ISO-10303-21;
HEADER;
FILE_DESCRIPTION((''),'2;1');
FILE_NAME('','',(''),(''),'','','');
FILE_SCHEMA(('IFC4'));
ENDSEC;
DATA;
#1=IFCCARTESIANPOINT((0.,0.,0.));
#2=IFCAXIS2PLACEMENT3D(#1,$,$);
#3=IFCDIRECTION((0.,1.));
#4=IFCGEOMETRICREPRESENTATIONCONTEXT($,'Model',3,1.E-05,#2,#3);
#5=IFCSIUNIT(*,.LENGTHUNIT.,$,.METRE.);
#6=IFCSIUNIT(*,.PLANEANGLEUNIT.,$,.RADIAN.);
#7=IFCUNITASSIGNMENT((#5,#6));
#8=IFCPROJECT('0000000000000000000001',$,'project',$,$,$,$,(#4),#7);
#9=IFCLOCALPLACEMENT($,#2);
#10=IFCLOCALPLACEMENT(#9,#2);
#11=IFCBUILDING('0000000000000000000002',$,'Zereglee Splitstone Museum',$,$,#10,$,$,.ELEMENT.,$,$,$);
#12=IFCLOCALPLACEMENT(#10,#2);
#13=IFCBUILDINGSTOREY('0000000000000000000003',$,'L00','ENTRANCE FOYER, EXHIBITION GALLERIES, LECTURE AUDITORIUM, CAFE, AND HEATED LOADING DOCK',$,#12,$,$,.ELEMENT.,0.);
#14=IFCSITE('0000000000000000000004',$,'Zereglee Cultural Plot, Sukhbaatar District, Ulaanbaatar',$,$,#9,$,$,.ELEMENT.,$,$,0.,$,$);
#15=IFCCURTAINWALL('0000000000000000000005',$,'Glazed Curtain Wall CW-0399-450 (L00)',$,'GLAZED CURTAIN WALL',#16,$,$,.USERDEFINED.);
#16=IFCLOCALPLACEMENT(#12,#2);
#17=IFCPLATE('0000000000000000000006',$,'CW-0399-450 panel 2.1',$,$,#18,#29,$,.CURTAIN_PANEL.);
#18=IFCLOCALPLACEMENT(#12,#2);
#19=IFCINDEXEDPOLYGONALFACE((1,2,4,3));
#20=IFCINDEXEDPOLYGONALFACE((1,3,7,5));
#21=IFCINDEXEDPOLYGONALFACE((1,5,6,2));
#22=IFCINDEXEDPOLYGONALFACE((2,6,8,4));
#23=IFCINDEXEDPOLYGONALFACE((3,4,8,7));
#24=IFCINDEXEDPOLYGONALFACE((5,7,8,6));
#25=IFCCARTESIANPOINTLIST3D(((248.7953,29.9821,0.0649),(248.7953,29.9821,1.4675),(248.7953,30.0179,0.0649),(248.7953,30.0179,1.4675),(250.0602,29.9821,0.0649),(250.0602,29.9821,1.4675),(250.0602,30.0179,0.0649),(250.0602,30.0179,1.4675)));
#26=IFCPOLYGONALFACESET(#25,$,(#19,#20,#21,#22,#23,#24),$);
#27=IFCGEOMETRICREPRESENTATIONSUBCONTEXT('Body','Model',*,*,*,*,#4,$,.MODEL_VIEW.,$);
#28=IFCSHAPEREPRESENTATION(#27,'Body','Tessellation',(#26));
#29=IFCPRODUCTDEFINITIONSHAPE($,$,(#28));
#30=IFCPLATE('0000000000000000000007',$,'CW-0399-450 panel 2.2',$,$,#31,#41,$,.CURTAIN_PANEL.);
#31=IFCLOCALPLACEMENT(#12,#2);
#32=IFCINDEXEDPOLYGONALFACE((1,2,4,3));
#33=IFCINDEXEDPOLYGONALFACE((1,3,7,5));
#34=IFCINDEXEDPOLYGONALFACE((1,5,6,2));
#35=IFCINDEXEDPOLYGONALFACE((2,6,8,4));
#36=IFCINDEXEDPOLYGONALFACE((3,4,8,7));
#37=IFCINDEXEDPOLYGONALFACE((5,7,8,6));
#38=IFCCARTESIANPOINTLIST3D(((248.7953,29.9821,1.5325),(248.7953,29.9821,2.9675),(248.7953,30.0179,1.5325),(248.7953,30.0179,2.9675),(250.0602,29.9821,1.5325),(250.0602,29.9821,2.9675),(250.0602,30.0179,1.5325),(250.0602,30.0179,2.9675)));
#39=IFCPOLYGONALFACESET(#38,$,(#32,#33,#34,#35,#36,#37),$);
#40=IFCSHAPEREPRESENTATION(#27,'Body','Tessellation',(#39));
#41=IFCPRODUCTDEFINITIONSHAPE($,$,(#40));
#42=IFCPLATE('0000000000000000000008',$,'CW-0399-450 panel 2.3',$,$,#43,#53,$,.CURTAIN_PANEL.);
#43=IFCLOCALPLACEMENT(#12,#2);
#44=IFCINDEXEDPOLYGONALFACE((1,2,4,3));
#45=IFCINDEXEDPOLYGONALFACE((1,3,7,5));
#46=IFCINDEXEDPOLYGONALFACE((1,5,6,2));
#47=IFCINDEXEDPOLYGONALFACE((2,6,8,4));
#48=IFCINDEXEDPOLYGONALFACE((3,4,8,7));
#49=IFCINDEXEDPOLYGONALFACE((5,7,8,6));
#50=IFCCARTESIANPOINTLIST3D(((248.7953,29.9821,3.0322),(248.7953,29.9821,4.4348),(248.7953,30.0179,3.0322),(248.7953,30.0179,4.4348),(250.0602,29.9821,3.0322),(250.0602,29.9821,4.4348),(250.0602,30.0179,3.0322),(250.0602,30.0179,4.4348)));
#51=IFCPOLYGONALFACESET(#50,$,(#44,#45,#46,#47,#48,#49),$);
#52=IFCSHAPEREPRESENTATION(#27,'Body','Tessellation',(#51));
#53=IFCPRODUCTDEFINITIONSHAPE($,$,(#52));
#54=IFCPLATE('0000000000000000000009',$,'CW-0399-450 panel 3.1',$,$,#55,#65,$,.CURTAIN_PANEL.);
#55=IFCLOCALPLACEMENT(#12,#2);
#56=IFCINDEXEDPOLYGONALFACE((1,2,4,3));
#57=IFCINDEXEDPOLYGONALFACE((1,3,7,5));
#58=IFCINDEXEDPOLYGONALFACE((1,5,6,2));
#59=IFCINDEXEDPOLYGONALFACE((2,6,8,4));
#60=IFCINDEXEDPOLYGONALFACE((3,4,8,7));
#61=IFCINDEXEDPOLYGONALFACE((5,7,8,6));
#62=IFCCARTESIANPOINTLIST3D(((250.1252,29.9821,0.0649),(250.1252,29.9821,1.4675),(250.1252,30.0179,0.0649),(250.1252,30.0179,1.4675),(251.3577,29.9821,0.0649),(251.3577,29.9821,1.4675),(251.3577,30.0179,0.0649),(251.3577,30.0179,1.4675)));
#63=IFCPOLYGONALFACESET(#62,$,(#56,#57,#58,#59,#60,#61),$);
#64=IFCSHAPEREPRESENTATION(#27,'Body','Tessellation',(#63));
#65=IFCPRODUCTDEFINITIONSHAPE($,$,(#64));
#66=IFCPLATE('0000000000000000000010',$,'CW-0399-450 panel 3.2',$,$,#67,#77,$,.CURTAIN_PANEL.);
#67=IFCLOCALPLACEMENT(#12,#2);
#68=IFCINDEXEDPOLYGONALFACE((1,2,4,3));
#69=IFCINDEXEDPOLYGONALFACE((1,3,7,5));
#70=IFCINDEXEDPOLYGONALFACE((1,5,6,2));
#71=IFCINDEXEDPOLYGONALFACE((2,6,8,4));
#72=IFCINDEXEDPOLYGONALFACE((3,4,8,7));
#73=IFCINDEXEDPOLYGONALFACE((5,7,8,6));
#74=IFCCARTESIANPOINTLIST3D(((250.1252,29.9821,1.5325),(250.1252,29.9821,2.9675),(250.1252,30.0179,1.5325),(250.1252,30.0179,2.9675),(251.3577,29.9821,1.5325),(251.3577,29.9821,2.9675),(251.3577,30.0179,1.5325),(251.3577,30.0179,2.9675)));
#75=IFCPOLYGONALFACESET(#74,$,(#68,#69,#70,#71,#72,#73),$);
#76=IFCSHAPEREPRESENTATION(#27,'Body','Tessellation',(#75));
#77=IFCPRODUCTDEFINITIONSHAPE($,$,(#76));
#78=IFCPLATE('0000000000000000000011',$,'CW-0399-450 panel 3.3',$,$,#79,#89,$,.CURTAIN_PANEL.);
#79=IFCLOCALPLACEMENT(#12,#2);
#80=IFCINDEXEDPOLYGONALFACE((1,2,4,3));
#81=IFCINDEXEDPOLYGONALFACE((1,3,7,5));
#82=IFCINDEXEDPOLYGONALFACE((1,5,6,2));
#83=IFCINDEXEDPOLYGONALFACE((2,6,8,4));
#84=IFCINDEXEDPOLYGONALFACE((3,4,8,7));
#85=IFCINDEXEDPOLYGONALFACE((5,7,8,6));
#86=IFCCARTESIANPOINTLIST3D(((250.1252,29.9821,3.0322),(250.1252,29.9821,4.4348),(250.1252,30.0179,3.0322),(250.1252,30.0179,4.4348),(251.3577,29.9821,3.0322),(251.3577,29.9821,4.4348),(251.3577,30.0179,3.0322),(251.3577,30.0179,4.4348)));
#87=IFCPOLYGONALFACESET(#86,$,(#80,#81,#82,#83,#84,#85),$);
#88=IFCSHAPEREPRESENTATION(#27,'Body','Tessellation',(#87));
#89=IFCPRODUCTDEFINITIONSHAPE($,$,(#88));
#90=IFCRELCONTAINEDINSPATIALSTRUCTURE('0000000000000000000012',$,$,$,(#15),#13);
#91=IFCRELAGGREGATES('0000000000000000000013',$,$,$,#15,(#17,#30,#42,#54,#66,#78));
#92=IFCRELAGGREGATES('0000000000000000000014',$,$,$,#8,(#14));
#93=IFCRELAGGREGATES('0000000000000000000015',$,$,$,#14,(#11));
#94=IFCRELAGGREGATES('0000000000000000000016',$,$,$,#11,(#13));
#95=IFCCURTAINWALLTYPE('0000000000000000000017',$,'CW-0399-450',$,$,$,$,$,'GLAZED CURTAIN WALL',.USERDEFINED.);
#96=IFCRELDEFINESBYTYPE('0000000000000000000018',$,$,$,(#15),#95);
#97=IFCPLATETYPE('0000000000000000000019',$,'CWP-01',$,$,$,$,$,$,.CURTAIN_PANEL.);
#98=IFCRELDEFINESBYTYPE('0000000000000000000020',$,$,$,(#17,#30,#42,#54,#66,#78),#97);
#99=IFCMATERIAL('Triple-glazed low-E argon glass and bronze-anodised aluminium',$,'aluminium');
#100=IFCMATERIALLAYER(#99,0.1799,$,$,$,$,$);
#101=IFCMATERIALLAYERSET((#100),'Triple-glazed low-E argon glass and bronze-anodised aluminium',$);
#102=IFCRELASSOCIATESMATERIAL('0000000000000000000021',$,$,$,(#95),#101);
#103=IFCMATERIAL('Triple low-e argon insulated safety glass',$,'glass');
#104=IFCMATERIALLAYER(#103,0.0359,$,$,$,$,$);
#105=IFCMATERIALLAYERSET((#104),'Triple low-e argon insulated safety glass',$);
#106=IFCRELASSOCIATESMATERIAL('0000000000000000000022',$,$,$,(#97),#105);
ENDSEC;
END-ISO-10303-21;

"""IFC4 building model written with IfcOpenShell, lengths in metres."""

from ifc_helpers import new_model, si_unit, direction, frame, origin, origin_2d, place, context, subcontext, project, spatial, rectangle, extrude, material, layer, layer_set, type_object, element, aggregate, save


model = new_model("IFC4")

# Units and contexts
model_context = context("Model", 3, precision=1e-05, world=origin(), true_north=direction((0.0, 1.0)))
body_context = subcontext(model_context, "Body", "Model", "MODEL_VIEW")
ifc_project = project(units=[si_unit("LENGTHUNIT", "METRE"), si_unit("PLANEANGLEUNIT", "RADIAN")], contexts=[model_context])

# Site, building, storey
site_placement = place(None, origin())
site = spatial("IfcSite", under=ifc_project, at=site_placement, Name="Zereglee Cultural Plot, Sukhbaatar District, Ulaanbaatar", CompositionType="ELEMENT", RefElevation=0.0)
building_placement = place(site_placement, origin())
building = spatial("IfcBuilding", under=site, at=building_placement, Name="Zereglee Splitstone Museum", CompositionType="ELEMENT")
storey_placement = place(building_placement, origin())
storey = spatial("IfcBuildingStorey", under=building, at=storey_placement, Name="L00", Description="ENTRANCE FOYER, EXHIBITION GALLERIES, LECTURE AUDITORIUM, CAFE, AND HEATED LOADING DOCK", CompositionType="ELEMENT", Elevation=0.0)

# Curtain wall
ifc_material_1 = material(Name="Triple-glazed low-E argon glass and bronze-anodised aluminium", Category="aluminium")
ifc_layer_1 = layer(ifc_material_1, 0.1799)
ifc_layer_set_1 = layer_set([ifc_layer_1], Name="Triple-glazed low-E argon glass and bronze-anodised aluminium")
curtain_wall_type_1 = type_object("IfcCurtainWallType", Name="CW-0399-450", ElementType="GLAZED CURTAIN WALL", PredefinedType="USERDEFINED", material=ifc_layer_set_1)
curtain_wall_1_placement = place(storey_placement, origin())
curtain_wall_1 = element("IfcCurtainWall", 1, at=curtain_wall_1_placement, inside=storey, type_object=curtain_wall_type_1, Name="Glazed Curtain Wall CW-0399-450 (L00)", ObjectType="GLAZED CURTAIN WALL", PredefinedType="USERDEFINED")

# Plates
ifc_material_2 = material(Name="Triple low-e argon insulated safety glass", Category="glass")
ifc_layer_2 = layer(ifc_material_2, 0.0359)
ifc_layer_set_2 = layer_set([ifc_layer_2], Name="Triple low-e argon insulated safety glass")
plate_type = type_object("IfcPlateType", Name="CWP-01", PredefinedType="CURTAIN_PANEL", material=ifc_layer_set_2)
plate_1_placement = place(storey_placement, frame((249.4277, 30.0, 0.0649), z_axis=(0.0, 0.0, 1.0), x_axis=(1.0, 0.0, 0.0)))
plate_1 = element("IfcPlate", 2, at=plate_1_placement, type_object=plate_type, Name="CW-0399-450 panel 2.1", PredefinedType="CURTAIN_PANEL", context=body_context, shape_type="SweptSolid", body=[
    extrude(rectangle(XDim=1.2649, YDim=0.0359, at=origin_2d()), origin(), (0.0, 0.0, 1.0), 1.4026),
])
plate_2_placement = place(storey_placement, frame((249.4277, 30.0, 1.5325), z_axis=(0.0, 0.0, 1.0), x_axis=(1.0, 0.0, 0.0)))
plate_2 = element("IfcPlate", 3, at=plate_2_placement, type_object=plate_type, Name="CW-0399-450 panel 2.2", PredefinedType="CURTAIN_PANEL", context=body_context, shape_type="SweptSolid", body=[
    extrude(rectangle(XDim=1.2649, YDim=0.0359, at=origin_2d()), origin(), (0.0, 0.0, 1.0), 1.4351),
])
plate_3_placement = place(storey_placement, frame((249.4277, 30.0, 3.0322), z_axis=(0.0, 0.0, 1.0), x_axis=(1.0, 0.0, 0.0)))
plate_3 = element("IfcPlate", 4, at=plate_3_placement, type_object=plate_type, Name="CW-0399-450 panel 2.3", PredefinedType="CURTAIN_PANEL", context=body_context, shape_type="SweptSolid", body=[
    extrude(rectangle(XDim=1.2649, YDim=0.0359, at=origin_2d()), origin(), (0.0, 0.0, 1.0), 1.4026),
])
plate_4_placement = place(storey_placement, frame((250.7415, 30.0, 0.0649), z_axis=(0.0, 0.0, 1.0), x_axis=(1.0, 0.0, 0.0)))
plate_4 = element("IfcPlate", 5, at=plate_4_placement, type_object=plate_type, Name="CW-0399-450 panel 3.1", PredefinedType="CURTAIN_PANEL", context=body_context, shape_type="SweptSolid", body=[
    extrude(rectangle(XDim=1.2324, YDim=0.0359, at=origin_2d()), origin(), (0.0, 0.0, 1.0), 1.4026),
])
plate_5_placement = place(storey_placement, frame((250.7415, 30.0, 1.5325), z_axis=(0.0, 0.0, 1.0), x_axis=(1.0, 0.0, 0.0)))
plate_5 = element("IfcPlate", 6, at=plate_5_placement, type_object=plate_type, Name="CW-0399-450 panel 3.2", PredefinedType="CURTAIN_PANEL", context=body_context, shape_type="SweptSolid", body=[
    extrude(rectangle(XDim=1.2324, YDim=0.0359, at=origin_2d()), origin(), (0.0, 0.0, 1.0), 1.4351),
])
plate_6_placement = place(storey_placement, frame((250.7415, 30.0, 3.0322), z_axis=(0.0, 0.0, 1.0), x_axis=(1.0, 0.0, 0.0)))
plate_6 = element("IfcPlate", 7, at=plate_6_placement, type_object=plate_type, Name="CW-0399-450 panel 3.3", PredefinedType="CURTAIN_PANEL", context=body_context, shape_type="SweptSolid", body=[
    extrude(rectangle(XDim=1.2324, YDim=0.0359, at=origin_2d()), origin(), (0.0, 0.0, 1.0), 1.4026),
])
aggregate(curtain_wall_1, [plate_1, plate_2, plate_3, plate_4, plate_5, plate_6])

save(model, "model.ifc")
